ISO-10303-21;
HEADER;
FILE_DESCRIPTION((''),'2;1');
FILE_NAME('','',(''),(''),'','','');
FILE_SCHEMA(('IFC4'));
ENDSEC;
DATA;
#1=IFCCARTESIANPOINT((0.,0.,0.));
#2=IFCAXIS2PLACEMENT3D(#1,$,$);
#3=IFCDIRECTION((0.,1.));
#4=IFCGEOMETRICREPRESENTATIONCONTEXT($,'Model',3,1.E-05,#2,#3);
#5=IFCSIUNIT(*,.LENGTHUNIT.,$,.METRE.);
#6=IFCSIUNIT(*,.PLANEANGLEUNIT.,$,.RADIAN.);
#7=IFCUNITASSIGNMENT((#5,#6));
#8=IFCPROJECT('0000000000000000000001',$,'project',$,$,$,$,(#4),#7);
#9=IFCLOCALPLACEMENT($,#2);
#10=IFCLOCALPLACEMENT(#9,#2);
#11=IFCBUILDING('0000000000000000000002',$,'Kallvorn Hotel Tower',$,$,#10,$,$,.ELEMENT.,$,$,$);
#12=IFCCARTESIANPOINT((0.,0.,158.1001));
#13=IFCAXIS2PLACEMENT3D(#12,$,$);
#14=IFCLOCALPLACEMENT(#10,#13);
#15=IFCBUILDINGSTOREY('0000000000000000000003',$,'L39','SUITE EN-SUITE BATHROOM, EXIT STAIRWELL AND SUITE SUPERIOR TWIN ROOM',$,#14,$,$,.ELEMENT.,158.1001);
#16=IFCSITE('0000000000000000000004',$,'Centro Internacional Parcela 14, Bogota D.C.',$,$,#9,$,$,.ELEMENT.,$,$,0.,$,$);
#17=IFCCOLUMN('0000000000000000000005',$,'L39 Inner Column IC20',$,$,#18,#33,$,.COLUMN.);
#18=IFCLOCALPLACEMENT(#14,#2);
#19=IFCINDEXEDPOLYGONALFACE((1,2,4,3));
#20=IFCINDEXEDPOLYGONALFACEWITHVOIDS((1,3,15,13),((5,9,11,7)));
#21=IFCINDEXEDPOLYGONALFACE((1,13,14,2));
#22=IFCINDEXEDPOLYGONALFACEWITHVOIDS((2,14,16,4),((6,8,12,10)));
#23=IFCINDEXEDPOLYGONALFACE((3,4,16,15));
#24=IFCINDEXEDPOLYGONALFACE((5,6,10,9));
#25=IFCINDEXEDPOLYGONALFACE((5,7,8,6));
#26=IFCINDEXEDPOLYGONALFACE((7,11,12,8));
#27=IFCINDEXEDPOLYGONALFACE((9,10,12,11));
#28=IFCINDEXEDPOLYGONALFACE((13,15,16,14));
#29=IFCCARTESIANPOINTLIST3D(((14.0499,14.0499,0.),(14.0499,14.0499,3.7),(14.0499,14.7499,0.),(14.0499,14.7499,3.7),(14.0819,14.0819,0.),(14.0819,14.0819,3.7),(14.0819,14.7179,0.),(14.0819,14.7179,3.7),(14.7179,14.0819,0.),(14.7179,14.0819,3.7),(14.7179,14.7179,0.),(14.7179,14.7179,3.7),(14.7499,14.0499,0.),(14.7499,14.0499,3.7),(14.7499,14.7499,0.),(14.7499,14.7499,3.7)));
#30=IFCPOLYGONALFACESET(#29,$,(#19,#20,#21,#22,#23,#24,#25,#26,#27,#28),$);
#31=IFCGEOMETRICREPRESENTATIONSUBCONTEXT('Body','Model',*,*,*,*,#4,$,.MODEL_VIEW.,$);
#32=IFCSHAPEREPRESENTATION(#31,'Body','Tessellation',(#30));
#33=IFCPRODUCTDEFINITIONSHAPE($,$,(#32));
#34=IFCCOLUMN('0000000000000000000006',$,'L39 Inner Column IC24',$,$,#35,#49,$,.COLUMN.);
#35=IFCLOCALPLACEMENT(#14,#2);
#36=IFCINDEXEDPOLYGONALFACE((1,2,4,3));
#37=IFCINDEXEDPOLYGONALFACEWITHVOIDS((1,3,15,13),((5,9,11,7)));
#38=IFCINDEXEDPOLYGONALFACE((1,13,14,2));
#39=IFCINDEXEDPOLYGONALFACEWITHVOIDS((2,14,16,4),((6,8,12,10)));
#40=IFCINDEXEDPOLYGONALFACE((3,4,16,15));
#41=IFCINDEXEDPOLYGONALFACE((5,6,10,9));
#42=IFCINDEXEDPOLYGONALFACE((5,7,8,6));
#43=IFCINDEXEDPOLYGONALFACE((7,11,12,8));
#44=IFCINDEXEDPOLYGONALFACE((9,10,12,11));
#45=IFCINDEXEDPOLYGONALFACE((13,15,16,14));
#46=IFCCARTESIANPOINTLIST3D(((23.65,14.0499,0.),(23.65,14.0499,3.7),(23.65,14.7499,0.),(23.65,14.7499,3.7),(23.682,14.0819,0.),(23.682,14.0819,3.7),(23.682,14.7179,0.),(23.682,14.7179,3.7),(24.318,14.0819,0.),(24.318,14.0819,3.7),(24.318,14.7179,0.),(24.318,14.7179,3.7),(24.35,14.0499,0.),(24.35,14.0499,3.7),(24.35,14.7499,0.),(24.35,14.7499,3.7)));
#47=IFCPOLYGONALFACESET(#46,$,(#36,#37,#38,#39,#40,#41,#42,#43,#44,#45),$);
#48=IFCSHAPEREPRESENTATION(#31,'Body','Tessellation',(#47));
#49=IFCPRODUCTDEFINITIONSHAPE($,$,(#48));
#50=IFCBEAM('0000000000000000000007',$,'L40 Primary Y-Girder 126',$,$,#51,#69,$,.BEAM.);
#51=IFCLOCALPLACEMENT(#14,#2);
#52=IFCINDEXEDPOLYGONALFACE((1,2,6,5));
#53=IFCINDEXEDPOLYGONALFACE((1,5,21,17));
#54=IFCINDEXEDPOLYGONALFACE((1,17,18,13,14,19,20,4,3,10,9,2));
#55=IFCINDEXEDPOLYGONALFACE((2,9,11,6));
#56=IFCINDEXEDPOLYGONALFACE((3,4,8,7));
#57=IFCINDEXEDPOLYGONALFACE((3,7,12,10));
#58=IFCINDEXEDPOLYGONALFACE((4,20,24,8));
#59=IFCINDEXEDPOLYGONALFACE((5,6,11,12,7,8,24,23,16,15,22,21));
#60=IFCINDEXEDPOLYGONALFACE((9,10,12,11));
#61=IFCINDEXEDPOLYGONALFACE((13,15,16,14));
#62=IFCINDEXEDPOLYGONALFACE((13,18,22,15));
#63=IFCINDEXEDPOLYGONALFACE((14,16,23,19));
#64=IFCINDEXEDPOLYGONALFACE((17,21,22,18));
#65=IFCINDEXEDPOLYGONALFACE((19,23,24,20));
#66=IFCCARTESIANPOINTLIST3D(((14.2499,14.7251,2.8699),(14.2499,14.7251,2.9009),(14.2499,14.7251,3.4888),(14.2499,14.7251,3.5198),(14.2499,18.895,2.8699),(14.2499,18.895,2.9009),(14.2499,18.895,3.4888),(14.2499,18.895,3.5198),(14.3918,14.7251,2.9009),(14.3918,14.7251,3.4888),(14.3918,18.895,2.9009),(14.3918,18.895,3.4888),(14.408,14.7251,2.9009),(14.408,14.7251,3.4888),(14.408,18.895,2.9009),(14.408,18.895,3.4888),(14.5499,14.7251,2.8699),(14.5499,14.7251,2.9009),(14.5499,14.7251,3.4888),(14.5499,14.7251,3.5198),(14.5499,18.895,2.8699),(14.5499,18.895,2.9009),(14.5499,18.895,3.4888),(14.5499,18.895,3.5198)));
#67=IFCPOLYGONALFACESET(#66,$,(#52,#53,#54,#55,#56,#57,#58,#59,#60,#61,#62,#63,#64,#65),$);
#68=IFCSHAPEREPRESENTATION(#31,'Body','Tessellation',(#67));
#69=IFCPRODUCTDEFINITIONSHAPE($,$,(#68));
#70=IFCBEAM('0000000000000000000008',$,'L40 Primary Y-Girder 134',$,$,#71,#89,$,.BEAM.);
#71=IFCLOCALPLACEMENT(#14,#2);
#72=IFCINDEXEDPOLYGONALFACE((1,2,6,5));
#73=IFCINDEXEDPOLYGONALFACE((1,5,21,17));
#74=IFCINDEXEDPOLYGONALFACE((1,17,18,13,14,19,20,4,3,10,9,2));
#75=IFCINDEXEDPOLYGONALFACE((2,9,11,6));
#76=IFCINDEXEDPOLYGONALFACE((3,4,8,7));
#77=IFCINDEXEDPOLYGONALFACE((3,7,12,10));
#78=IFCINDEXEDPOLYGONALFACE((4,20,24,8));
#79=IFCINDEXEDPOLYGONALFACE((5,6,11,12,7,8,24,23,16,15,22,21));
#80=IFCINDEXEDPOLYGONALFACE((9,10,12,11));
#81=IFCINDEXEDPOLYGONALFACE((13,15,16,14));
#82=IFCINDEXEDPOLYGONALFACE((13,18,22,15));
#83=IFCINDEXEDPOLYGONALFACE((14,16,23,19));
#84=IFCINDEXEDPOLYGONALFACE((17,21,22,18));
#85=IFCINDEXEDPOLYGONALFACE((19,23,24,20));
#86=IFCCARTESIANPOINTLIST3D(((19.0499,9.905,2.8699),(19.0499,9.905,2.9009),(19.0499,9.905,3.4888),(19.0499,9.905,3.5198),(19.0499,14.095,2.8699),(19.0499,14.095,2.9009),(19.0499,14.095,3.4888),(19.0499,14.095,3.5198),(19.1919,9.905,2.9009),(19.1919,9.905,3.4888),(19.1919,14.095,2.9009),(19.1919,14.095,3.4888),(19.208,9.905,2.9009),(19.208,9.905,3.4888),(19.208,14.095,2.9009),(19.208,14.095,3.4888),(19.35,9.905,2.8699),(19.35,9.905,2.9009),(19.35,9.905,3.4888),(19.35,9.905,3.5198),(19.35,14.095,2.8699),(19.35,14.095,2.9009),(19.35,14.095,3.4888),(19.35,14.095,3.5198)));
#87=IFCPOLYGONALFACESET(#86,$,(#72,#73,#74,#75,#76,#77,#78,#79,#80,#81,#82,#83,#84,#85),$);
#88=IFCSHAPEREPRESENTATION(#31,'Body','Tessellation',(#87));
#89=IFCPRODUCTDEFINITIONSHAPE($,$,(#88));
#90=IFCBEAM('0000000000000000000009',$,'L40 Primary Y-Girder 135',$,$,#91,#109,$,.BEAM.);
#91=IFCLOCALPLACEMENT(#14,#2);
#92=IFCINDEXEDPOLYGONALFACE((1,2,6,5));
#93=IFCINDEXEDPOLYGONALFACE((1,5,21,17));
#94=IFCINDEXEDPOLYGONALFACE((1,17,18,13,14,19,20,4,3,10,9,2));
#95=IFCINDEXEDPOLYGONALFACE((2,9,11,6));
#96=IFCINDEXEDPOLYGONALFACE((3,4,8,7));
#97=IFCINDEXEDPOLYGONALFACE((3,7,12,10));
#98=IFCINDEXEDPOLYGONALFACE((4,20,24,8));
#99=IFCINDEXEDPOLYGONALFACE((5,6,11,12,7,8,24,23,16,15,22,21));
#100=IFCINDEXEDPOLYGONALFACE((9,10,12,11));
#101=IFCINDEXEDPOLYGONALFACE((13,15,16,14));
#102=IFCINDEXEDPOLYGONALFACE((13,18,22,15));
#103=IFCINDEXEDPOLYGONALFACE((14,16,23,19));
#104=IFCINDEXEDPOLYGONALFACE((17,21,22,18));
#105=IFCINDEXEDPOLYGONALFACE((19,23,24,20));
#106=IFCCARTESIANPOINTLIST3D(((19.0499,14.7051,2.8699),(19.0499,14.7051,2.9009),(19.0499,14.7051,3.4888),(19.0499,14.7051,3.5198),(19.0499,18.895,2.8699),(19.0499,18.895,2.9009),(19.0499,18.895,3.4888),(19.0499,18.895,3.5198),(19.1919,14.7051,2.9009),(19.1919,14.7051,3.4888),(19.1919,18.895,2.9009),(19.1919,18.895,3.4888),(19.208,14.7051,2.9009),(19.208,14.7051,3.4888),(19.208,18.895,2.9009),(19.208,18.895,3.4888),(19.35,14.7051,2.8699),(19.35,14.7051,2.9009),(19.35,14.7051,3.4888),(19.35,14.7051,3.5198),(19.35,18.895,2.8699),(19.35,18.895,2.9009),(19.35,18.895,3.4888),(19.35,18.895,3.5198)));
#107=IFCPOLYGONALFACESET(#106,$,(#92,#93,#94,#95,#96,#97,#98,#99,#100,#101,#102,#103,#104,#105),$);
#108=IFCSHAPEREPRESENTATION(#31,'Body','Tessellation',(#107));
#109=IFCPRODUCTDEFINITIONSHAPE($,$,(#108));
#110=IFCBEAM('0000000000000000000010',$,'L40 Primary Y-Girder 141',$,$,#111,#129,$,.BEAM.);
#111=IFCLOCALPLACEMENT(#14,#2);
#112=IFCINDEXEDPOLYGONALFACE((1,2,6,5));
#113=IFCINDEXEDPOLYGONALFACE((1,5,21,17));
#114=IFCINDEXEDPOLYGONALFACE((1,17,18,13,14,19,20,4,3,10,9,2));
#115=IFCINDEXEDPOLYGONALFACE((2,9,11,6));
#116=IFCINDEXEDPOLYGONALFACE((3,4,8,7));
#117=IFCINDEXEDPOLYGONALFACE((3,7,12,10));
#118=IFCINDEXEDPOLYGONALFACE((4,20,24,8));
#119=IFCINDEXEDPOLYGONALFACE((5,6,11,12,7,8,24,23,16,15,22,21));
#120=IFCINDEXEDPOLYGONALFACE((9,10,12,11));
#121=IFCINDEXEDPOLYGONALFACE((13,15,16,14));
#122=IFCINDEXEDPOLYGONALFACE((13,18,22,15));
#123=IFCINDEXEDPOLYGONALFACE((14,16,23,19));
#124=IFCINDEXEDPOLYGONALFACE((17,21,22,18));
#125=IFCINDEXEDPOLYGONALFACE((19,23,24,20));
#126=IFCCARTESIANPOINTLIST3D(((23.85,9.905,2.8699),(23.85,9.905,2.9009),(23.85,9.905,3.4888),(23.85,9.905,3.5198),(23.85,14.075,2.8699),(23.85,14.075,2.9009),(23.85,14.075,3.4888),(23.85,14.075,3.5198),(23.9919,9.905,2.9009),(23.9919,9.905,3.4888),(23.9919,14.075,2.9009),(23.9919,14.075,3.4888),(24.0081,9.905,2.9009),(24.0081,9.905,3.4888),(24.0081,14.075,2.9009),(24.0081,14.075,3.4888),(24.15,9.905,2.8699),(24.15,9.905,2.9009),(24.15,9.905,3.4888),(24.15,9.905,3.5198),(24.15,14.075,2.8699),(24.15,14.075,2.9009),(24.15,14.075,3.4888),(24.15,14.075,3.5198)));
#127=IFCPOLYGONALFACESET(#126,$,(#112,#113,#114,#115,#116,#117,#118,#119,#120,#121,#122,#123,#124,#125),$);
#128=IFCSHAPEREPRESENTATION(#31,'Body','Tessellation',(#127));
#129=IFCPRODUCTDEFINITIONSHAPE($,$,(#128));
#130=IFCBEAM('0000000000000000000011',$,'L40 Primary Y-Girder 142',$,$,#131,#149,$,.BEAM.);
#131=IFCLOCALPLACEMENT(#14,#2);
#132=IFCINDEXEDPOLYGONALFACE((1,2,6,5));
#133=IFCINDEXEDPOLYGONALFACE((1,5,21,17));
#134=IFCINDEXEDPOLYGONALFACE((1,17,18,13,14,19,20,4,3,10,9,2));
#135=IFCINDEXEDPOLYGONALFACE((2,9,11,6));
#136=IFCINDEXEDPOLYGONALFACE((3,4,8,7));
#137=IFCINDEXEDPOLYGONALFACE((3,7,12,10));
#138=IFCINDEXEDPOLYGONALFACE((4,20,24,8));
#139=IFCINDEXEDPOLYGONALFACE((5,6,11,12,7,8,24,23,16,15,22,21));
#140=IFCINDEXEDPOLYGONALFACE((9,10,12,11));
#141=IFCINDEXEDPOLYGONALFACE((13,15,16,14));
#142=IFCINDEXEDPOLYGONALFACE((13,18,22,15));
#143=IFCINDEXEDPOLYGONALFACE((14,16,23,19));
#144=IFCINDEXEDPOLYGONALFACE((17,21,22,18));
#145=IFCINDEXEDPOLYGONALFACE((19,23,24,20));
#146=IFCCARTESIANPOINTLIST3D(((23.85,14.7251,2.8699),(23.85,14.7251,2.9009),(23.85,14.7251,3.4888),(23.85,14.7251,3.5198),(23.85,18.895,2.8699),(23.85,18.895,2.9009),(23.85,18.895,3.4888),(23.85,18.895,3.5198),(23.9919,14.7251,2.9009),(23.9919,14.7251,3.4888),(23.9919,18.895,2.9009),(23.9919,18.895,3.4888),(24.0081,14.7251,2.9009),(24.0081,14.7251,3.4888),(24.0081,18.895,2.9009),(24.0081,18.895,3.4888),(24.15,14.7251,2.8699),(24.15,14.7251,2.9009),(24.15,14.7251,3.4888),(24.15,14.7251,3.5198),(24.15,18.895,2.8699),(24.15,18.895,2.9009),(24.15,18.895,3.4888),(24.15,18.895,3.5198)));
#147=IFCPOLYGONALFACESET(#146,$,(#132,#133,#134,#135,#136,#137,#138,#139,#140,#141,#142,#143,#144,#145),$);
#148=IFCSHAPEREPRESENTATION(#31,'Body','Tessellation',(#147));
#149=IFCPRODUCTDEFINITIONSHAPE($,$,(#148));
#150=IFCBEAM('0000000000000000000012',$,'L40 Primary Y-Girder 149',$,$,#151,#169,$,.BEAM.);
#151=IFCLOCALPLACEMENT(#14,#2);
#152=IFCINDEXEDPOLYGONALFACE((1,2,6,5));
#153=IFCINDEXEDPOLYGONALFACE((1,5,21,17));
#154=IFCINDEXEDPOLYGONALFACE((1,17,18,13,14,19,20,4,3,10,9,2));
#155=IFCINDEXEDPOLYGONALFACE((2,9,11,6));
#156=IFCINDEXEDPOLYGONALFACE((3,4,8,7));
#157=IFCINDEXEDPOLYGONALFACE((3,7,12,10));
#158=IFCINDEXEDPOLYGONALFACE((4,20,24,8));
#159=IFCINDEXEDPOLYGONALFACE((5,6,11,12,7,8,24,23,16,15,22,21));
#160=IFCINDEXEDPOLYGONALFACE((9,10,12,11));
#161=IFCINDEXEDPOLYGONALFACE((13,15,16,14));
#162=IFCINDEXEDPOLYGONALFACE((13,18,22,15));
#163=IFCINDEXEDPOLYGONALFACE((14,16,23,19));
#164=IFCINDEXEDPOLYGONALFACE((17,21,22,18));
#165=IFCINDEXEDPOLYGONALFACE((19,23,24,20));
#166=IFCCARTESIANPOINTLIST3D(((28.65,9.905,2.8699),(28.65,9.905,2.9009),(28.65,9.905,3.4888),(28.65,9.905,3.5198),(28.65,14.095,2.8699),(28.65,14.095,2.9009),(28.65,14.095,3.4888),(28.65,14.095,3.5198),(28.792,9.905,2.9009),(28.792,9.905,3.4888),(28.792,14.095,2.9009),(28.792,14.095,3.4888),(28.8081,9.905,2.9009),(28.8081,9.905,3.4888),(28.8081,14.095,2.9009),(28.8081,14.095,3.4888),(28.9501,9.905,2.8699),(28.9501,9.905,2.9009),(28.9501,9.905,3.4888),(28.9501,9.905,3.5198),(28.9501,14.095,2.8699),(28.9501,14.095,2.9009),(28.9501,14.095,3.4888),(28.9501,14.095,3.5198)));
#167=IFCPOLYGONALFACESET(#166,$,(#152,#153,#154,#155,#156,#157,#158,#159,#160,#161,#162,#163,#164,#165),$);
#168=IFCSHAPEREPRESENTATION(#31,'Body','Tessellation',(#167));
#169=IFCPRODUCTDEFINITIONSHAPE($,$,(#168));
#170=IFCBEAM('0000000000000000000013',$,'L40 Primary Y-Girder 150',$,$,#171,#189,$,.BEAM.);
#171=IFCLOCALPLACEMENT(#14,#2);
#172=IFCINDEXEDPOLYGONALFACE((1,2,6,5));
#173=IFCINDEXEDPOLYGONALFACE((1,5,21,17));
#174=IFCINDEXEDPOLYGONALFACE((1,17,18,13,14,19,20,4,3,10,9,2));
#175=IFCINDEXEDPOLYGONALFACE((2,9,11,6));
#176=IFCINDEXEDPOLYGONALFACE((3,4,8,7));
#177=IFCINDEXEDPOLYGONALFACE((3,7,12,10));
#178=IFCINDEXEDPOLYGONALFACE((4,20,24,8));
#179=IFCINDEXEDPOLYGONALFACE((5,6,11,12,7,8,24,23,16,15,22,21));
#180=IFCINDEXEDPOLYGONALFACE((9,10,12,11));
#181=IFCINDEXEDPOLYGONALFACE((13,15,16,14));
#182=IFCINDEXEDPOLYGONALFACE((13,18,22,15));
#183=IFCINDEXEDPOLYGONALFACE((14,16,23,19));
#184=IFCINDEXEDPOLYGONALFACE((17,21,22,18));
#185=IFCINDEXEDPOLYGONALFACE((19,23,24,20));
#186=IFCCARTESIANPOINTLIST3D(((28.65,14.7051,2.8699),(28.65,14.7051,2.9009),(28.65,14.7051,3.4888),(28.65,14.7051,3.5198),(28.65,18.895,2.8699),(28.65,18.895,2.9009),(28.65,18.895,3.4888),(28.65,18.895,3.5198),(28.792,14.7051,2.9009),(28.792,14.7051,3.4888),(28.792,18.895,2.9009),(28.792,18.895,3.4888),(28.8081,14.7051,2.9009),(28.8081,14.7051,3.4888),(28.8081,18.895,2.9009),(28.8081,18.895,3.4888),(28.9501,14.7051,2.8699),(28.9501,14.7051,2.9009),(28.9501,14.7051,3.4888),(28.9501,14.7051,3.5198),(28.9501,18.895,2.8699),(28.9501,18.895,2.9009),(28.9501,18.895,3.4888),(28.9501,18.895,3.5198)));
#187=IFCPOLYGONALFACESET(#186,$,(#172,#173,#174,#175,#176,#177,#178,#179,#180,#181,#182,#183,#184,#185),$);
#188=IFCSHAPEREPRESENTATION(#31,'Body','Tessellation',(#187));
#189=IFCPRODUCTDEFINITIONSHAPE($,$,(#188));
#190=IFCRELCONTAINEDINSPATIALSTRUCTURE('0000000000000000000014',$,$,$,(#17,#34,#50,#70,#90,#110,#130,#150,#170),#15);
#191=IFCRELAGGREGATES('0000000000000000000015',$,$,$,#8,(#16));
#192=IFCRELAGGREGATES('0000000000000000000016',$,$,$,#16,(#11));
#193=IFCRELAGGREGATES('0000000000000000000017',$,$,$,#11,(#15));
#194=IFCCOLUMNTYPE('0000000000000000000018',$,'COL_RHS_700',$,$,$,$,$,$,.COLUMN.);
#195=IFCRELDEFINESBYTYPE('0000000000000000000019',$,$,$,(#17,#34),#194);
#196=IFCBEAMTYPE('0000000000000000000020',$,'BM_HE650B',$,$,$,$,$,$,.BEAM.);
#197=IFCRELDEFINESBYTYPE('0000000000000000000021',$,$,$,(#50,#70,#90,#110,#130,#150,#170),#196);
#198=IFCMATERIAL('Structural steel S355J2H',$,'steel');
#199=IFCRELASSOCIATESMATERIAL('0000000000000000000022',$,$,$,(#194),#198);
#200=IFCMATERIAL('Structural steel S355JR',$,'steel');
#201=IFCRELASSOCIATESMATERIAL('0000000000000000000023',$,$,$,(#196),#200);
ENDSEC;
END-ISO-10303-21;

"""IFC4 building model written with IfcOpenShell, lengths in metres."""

from ifc_helpers import new_model, si_unit, direction, frame, origin, origin_2d, place, context, subcontext, project, spatial, hollow_rectangle, i_section, extrude, material, material_profile, profile_set, type_object, element, save


model = new_model("IFC4")

# Units and contexts
model_context = context("Model", 3, precision=1e-05, world=origin(), true_north=direction((0.0, 1.0)))
body_context = subcontext(model_context, "Body", "Model", "MODEL_VIEW")
ifc_project = project(units=[si_unit("LENGTHUNIT", "METRE"), si_unit("PLANEANGLEUNIT", "RADIAN")], contexts=[model_context])

# Site, building, storey
site_placement = place(None, origin())
site = spatial("IfcSite", under=ifc_project, at=site_placement, Name="Centro Internacional Parcela 14, Bogota D.C.", CompositionType="ELEMENT", RefElevation=0.0)
building_placement = place(site_placement, origin())
building = spatial("IfcBuilding", under=site, at=building_placement, Name="Kallvorn Hotel Tower", CompositionType="ELEMENT")
storey_placement = place(building_placement, frame((0.0, 0.0, 158.1001)))
storey = spatial("IfcBuildingStorey", under=building, at=storey_placement, Name="L39", Description="SUITE EN-SUITE BATHROOM, EXIT STAIRWELL AND SUITE SUPERIOR TWIN ROOM", CompositionType="ELEMENT", Elevation=158.1001)

# Columns
ifc_material_1 = material(Name="Structural steel S355J2H", Category="steel")
ifc_material_profile_1 = material_profile(ifc_material_1, hollow_rectangle(XDim=0.7, YDim=0.7, WallThickness=0.032, at=origin_2d()), Name="RHS 700x700x32")
ifc_profile_set_1 = profile_set([ifc_material_profile_1], Name="Structural steel S355J2H")
column_type_1 = type_object("IfcColumnType", Name="COL_RHS_700", PredefinedType="COLUMN", material=ifc_profile_set_1)
for number, where, z_axis, x_axis, name in (
    (1, (14.3999, 14.3999, 0.0), (0.0, 0.0, 1.0), (1.0, 0.0, 0.0), "L39 Inner Column IC20"),
    (2, (24.0, 14.3999, 0.0), (0.0, 0.0, 1.0), (1.0, 0.0, 0.0), "L39 Inner Column IC24"),
):
    element("IfcColumn", number, at=place(storey_placement, frame(where, z_axis=z_axis, x_axis=x_axis)), inside=storey, type_object=column_type_1, Name=name, PredefinedType="COLUMN", context=body_context, shape_type="SweptSolid", body=[
        extrude(hollow_rectangle(XDim=0.7, YDim=0.7, WallThickness=0.032, at=origin_2d()), origin(), (0.0, 0.0, 1.0), 3.7),
    ])

# Beams
ifc_material_2 = material(Name="Structural steel S355JR", Category="steel")
ifc_material_profile_2 = material_profile(ifc_material_2, i_section(OverallWidth=0.3, OverallDepth=0.6499, WebThickness=0.0161, FlangeThickness=0.031, at=origin_2d()), Name="HE 650 B")
ifc_profile_set_2 = profile_set([ifc_material_profile_2], Name="Structural steel S355JR")
beam_type_1 = type_object("IfcBeamType", Name="BM_HE650B", PredefinedType="BEAM", material=ifc_profile_set_2)
beam_1_placement = place(storey_placement, frame((14.3999, 14.7251, 3.1948), z_axis=(0.0, 1.0, 0.0), x_axis=(-1.0, 0.0, 0.0)))
element("IfcBeam", 3, at=beam_1_placement, inside=storey, type_object=beam_type_1, Name="L40 Primary Y-Girder 126", PredefinedType="BEAM", context=body_context, shape_type="SweptSolid", body=[
    extrude(i_section(OverallWidth=0.3, OverallDepth=0.6499, WebThickness=0.0161, FlangeThickness=0.031, at=origin_2d()), origin(), (0.0, 0.0, 1.0), 4.1699),
])
for number, where, z_axis, x_axis, name in (
    (4, (19.2, 9.905, 3.1948), (0.0, 1.0, 0.0), (-1.0, 0.0, 0.0), "L40 Primary Y-Girder 134"),
    (5, (19.2, 14.7051, 3.1948), (0.0, 1.0, 0.0), (-1.0, 0.0, 0.0), "L40 Primary Y-Girder 135"),
):
    element("IfcBeam", number, at=place(storey_placement, frame(where, z_axis=z_axis, x_axis=x_axis)), inside=storey, type_object=beam_type_1, Name=name, PredefinedType="BEAM", context=body_context, shape_type="SweptSolid", body=[
        extrude(i_section(OverallWidth=0.3, OverallDepth=0.6499, WebThickness=0.0161, FlangeThickness=0.031, at=origin_2d()), origin(), (0.0, 0.0, 1.0), 4.1899),
    ])
for number, where, z_axis, x_axis, name in (
    (6, (24.0, 9.905, 3.1948), (0.0, 1.0, 0.0), (-1.0, 0.0, 0.0), "L40 Primary Y-Girder 141"),
    (7, (24.0, 14.7251, 3.1948), (0.0, 1.0, 0.0), (-1.0, 0.0, 0.0), "L40 Primary Y-Girder 142"),
):
    element("IfcBeam", number, at=place(storey_placement, frame(where, z_axis=z_axis, x_axis=x_axis)), inside=storey, type_object=beam_type_1, Name=name, PredefinedType="BEAM", context=body_context, shape_type="SweptSolid", body=[
        extrude(i_section(OverallWidth=0.3, OverallDepth=0.6499, WebThickness=0.0161, FlangeThickness=0.031, at=origin_2d()), origin(), (0.0, 0.0, 1.0), 4.1699),
    ])
for number, where, z_axis, x_axis, name in (
    (8, (28.8, 9.905, 3.1948), (0.0, 1.0, 0.0), (-1.0, 0.0, 0.0), "L40 Primary Y-Girder 149"),
    (9, (28.8, 14.7051, 3.1948), (0.0, 1.0, 0.0), (-1.0, 0.0, 0.0), "L40 Primary Y-Girder 150"),
):
    element("IfcBeam", number, at=place(storey_placement, frame(where, z_axis=z_axis, x_axis=x_axis)), inside=storey, type_object=beam_type_1, Name=name, PredefinedType="BEAM", context=body_context, shape_type="SweptSolid", body=[
        extrude(i_section(OverallWidth=0.3, OverallDepth=0.6499, WebThickness=0.0161, FlangeThickness=0.031, at=origin_2d()), origin(), (0.0, 0.0, 1.0), 4.1899),
    ])

save(model, "model.ifc")
